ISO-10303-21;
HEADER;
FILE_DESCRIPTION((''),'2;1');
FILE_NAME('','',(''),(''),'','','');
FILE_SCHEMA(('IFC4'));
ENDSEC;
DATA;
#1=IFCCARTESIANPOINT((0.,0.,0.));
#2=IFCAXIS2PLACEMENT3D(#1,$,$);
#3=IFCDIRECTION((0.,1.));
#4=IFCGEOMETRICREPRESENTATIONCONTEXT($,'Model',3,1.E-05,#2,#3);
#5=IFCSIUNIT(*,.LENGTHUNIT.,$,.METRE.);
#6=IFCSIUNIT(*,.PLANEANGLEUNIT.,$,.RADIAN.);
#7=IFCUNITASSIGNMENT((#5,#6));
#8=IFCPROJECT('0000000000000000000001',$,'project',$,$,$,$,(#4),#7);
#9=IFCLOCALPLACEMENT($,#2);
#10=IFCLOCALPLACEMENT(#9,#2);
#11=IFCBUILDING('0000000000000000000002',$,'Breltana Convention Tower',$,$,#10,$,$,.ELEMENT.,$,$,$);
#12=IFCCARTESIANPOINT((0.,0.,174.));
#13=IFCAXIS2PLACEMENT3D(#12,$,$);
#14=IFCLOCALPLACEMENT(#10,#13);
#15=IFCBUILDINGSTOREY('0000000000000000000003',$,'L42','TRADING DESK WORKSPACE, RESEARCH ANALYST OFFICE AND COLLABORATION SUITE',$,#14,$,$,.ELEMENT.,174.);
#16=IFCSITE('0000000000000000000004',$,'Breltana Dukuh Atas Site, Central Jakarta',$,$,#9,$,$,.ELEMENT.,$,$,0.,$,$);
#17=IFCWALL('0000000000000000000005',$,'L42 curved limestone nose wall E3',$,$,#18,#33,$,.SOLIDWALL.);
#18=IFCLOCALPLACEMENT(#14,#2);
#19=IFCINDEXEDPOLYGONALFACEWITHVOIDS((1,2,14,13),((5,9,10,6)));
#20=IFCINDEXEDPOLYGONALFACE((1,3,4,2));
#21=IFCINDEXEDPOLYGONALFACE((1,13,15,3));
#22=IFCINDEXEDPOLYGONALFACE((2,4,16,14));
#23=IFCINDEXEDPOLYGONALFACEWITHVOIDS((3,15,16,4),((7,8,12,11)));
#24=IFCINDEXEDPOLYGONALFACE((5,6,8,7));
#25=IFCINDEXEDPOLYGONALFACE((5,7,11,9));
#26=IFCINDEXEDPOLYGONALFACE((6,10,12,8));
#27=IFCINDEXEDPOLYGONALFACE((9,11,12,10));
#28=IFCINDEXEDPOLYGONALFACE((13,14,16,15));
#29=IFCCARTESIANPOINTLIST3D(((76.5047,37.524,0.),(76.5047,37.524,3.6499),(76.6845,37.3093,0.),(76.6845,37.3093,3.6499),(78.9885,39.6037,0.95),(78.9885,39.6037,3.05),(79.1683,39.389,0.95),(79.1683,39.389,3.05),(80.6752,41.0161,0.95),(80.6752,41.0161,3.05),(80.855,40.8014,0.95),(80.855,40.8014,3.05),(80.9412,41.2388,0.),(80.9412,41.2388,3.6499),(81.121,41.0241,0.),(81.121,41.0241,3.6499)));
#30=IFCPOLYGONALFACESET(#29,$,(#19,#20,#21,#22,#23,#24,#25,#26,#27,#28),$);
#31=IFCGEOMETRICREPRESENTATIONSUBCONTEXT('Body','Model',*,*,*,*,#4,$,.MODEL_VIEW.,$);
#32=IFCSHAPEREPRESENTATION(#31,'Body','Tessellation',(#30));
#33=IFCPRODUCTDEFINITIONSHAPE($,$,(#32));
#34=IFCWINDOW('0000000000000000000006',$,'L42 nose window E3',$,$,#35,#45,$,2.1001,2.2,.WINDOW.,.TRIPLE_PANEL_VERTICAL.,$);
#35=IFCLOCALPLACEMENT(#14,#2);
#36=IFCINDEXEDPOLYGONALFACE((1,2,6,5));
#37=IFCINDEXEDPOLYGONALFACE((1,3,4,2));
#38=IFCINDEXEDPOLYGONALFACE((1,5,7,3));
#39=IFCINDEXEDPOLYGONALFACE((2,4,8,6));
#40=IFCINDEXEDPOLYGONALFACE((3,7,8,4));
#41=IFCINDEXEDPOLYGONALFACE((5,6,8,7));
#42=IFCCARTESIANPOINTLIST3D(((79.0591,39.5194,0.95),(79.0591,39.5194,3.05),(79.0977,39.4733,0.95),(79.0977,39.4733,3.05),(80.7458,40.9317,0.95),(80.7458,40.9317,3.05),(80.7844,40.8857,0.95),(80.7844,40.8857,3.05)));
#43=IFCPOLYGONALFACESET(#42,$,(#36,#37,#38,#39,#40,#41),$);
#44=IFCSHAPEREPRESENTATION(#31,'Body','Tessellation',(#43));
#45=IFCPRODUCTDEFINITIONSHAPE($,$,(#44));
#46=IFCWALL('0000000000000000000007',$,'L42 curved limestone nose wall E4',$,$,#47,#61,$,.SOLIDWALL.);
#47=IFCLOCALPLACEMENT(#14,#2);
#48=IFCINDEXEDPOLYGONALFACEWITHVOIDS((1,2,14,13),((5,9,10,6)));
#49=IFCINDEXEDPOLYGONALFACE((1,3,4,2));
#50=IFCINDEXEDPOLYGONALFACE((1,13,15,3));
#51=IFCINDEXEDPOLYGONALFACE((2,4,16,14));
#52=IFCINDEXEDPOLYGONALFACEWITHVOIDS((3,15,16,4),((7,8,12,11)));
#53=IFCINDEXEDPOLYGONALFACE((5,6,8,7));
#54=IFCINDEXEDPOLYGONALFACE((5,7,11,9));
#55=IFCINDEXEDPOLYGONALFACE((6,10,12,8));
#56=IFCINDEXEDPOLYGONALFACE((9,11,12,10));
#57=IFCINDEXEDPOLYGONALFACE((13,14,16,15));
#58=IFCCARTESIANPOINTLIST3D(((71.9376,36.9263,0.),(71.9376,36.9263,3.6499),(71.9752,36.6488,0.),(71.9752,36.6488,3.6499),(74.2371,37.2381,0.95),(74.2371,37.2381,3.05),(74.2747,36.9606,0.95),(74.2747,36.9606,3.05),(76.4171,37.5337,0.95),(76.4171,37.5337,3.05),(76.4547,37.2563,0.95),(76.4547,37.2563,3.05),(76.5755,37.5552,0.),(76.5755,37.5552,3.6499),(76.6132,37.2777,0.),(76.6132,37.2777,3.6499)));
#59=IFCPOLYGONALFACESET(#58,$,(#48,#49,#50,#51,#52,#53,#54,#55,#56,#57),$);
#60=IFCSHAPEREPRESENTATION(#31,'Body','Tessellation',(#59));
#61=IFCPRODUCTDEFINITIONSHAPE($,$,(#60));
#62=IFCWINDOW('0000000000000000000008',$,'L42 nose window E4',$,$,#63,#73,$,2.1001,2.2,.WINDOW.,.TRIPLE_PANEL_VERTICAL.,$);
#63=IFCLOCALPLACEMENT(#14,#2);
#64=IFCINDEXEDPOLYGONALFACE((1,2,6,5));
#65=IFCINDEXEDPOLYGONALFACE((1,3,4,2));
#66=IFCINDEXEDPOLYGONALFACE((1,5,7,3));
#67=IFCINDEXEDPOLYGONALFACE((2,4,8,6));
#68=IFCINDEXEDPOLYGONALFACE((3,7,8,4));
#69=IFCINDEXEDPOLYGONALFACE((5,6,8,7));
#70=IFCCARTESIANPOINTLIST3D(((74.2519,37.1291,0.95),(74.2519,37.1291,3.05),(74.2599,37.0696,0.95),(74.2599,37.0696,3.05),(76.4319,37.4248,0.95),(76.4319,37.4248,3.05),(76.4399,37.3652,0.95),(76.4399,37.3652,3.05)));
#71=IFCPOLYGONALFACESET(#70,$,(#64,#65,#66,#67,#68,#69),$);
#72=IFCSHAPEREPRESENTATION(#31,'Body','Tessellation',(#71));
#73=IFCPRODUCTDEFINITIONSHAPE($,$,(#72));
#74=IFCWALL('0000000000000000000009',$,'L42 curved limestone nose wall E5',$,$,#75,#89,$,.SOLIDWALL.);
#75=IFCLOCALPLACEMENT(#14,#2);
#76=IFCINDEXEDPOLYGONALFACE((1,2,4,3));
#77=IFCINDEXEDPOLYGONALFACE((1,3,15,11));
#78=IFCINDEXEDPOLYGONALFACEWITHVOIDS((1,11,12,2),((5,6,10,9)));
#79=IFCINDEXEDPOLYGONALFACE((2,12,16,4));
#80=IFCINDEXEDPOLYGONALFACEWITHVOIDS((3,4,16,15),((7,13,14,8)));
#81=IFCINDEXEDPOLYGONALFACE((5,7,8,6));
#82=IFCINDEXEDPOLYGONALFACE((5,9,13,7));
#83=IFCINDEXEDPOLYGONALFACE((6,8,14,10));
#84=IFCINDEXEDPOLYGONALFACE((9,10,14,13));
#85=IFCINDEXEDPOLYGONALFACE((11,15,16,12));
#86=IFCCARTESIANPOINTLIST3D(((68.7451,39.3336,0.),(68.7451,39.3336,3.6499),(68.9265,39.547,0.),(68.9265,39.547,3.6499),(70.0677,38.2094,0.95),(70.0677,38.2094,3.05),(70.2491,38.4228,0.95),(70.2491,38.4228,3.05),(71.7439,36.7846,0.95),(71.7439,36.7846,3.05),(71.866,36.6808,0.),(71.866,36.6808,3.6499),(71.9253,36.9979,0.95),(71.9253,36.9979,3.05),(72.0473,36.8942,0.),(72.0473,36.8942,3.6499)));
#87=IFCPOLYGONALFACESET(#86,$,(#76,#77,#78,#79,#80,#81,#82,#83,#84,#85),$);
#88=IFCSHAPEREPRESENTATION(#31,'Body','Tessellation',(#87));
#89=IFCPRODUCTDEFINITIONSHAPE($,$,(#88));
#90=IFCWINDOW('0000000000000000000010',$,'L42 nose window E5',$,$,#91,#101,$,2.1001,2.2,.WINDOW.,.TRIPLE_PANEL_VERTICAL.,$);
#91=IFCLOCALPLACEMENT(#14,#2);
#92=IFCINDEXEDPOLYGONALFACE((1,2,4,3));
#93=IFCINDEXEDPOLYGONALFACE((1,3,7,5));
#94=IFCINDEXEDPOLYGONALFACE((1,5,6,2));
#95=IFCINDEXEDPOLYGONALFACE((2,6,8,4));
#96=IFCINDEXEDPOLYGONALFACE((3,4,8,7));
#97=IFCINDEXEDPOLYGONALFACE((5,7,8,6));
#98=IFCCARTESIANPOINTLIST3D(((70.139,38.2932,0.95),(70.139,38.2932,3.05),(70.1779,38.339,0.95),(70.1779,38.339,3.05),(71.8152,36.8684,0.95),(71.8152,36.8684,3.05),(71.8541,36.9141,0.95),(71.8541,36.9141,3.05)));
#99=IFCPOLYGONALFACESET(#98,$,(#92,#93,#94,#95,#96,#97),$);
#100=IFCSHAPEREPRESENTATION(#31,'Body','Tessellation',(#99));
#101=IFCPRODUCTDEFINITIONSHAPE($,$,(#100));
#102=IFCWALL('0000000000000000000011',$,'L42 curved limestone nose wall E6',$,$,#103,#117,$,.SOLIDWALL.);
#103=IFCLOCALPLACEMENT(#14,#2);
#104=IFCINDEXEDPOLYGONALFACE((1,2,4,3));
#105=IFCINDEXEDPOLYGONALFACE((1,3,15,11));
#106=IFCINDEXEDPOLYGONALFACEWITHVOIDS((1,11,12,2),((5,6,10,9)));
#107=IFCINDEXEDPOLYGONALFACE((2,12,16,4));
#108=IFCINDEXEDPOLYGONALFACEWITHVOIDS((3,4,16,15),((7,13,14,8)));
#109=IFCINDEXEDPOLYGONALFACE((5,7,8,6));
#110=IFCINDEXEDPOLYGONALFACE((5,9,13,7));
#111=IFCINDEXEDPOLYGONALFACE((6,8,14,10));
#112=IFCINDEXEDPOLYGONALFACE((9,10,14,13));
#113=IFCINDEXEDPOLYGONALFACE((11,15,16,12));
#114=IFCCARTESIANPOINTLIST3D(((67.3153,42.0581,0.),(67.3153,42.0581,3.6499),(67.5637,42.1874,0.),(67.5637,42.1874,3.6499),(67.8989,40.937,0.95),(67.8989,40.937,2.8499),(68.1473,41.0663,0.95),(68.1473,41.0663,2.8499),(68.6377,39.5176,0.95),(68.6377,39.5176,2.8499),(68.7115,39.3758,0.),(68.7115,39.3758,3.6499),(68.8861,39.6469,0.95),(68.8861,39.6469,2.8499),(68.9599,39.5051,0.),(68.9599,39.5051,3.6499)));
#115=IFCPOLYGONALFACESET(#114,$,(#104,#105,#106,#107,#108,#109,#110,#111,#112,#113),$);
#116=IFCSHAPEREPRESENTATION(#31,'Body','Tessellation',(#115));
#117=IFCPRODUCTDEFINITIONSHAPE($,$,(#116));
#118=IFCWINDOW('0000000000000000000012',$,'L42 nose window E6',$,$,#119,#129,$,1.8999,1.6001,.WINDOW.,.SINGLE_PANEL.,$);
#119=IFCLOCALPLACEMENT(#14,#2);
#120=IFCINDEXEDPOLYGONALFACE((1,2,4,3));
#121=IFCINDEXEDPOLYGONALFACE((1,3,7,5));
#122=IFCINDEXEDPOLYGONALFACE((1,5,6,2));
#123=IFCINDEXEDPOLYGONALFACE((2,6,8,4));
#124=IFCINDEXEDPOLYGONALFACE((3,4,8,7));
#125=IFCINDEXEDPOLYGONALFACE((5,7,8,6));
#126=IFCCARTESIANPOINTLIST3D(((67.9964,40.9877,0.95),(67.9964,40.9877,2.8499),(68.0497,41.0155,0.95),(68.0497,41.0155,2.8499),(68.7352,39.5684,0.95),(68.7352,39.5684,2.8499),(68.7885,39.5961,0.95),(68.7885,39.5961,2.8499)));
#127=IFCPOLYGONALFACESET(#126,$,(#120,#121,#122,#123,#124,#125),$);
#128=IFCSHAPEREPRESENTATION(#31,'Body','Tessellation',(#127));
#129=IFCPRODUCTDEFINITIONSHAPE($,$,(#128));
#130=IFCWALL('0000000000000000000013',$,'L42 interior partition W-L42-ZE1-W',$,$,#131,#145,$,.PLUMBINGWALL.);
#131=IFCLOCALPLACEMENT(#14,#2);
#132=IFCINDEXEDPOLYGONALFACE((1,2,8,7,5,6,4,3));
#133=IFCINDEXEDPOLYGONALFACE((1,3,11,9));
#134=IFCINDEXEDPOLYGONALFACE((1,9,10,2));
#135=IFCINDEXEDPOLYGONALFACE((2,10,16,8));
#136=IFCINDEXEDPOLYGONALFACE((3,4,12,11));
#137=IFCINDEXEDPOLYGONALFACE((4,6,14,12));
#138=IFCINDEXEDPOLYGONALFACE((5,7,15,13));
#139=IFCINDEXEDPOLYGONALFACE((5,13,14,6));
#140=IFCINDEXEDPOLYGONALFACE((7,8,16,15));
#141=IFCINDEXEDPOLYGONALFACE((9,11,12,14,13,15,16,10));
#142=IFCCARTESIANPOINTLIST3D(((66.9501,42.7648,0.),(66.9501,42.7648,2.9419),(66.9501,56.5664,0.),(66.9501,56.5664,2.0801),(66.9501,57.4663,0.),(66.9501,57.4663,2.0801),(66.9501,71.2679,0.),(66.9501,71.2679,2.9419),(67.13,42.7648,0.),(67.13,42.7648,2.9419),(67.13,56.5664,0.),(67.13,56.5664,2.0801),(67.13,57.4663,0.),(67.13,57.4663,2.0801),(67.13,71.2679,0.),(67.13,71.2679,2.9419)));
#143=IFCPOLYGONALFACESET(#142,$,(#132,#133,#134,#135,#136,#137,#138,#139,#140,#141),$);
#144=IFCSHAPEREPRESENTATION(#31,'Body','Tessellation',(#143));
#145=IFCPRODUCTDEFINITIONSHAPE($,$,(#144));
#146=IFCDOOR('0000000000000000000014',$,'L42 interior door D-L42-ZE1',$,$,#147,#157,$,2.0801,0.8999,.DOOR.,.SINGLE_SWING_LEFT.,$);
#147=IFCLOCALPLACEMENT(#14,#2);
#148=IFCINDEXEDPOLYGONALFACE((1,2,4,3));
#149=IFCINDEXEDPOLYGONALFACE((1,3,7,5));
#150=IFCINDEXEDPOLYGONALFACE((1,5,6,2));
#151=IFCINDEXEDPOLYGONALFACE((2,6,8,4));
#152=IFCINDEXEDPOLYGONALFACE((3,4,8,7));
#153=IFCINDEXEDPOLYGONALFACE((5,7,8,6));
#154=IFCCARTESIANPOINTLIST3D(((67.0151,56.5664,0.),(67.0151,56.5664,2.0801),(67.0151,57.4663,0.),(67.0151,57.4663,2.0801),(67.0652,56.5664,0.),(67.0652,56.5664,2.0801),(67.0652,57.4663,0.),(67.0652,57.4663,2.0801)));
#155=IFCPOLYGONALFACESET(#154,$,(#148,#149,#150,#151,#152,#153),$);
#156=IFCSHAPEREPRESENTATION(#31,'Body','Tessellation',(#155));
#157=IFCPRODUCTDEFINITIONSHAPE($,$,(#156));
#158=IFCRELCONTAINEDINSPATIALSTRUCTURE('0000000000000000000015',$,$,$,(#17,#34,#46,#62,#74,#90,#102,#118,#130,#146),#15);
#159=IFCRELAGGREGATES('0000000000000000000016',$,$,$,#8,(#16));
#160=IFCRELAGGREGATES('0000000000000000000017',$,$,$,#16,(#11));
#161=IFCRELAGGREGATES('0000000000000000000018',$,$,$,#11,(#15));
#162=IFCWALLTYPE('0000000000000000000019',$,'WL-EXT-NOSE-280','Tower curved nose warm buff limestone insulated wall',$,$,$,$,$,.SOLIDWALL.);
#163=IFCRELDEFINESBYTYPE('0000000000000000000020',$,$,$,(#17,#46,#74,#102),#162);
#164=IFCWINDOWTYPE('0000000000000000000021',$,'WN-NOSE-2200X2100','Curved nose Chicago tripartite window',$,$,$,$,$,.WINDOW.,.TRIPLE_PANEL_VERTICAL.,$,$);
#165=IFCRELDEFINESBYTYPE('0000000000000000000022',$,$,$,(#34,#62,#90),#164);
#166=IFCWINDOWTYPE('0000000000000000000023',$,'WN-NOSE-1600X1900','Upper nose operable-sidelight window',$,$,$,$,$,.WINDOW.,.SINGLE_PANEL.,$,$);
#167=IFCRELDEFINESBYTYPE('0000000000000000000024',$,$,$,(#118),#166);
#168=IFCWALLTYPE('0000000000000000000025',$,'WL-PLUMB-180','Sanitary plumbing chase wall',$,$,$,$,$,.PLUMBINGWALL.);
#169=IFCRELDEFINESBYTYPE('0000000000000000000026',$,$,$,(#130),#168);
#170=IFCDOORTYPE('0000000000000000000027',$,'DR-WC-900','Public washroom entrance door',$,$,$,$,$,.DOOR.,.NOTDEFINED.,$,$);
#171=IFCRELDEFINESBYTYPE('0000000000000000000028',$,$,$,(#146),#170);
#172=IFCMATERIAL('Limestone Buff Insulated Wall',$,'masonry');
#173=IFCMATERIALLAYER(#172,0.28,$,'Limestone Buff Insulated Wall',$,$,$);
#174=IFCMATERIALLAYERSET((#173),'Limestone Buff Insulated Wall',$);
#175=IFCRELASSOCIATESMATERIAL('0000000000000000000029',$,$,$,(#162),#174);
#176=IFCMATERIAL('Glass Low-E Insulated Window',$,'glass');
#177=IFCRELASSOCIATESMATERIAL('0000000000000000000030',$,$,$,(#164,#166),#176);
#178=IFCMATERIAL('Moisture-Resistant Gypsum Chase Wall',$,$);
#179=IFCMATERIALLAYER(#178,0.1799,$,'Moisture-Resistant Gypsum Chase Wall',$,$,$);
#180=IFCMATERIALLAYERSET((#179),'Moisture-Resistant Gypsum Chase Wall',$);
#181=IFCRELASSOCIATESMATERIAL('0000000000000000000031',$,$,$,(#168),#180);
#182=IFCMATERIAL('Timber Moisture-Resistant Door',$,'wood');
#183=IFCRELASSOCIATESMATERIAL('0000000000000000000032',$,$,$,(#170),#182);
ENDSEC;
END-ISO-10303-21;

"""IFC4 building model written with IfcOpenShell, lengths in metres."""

from ifc_helpers import new_model, si_unit, direction, frame, frame_2d, origin, place, context, subcontext, project, spatial, rectangle, extrude, source, transform, mapped, material, layer, layer_set, type_object, type_shapes, element, fill, save


model = new_model("IFC4")

# Units and contexts
model_context = context("Model", 3, precision=1e-05, world=origin(), true_north=direction((0.0, 1.0)))
body_context = subcontext(model_context, "Body", "Model", "MODEL_VIEW")
ifc_project = project(units=[si_unit("LENGTHUNIT", "METRE"), si_unit("PLANEANGLEUNIT", "RADIAN")], contexts=[model_context])

# Site, building, storey
site_placement = place(None, origin())
site = spatial("IfcSite", under=ifc_project, at=site_placement, Name="Breltana Dukuh Atas Site, Central Jakarta", CompositionType="ELEMENT", RefElevation=0.0)
building_placement = place(site_placement, origin())
building = spatial("IfcBuilding", under=site, at=building_placement, Name="Breltana Convention Tower", CompositionType="ELEMENT")
storey_placement = place(building_placement, frame((0.0, 0.0, 174.0)))
storey = spatial("IfcBuildingStorey", under=building, at=storey_placement, Name="L42", Description="TRADING DESK WORKSPACE, RESEARCH ANALYST OFFICE AND COLLABORATION SUITE", CompositionType="ELEMENT", Elevation=174.0)

# Walls, openings, windows
ifc_material_1 = material(Name="Limestone Buff Insulated Wall", Category="masonry")
ifc_layer_1 = layer(ifc_material_1, 0.28, Name="Limestone Buff Insulated Wall")
ifc_layer_set_1 = layer_set([ifc_layer_1], Name="Limestone Buff Insulated Wall")
wall_type_1 = type_object("IfcWallType", Name="WL-EXT-NOSE-280", Description="Tower curved nose warm buff limestone insulated wall", PredefinedType="SOLIDWALL", material=ifc_layer_set_1)
shared_shape_1 = source(origin(), body_context, "Body", "SweptSolid", [
    extrude(rectangle(XDim=5.7864, YDim=0.28, at=frame_2d((2.8931, 0.0))), origin(), (0.0, 0.0, 1.0), 3.6499),
])
wall_1_placement = place(storey_placement, frame((81.031, 41.1313, 0.0), z_axis=(0.0, 0.0, 1.0), x_axis=(-0.766711, -0.641992, 0.0)))
wall_1 = element("IfcWall", 1, at=wall_1_placement, inside=storey, type_object=wall_type_1, Name="L42 curved limestone nose wall E3", PredefinedType="SOLIDWALL", context=body_context, shape_type="MappedRepresentation", body=[
    mapped(shared_shape_1, transform((0.0, 0.0, 0.0), scale=1.0)),
])
opening_1_placement = place(wall_1_placement, frame((0.3467, 0.0, 0.95)))
opening_1 = element("IfcOpeningElement", 2, at=opening_1_placement, cuts=wall_1, PredefinedType="OPENING", context=body_context, shape_type="SweptSolid", body=[
    extrude(rectangle(XDim=2.2, YDim=2.1001, at=frame_2d((1.1001, 1.05))), frame((0.0, 0.1499, 0.0), z_axis=(0.0, -1.0, 0.0), x_axis=(1.0, 0.0, 0.0)), (0.0, 0.0, 1.0), 0.3),
])
ifc_material_2 = material(Name="Glass Low-E Insulated Window", Category="glass")
window_type_1 = type_object("IfcWindowType", Name="WN-NOSE-2200X2100", Description="Curved nose Chicago tripartite window", PartitioningType="TRIPLE_PANEL_VERTICAL", PredefinedType="WINDOW", material=ifc_material_2)
shared_shape_2 = source(origin(), body_context, "Body", "SweptSolid", [
    extrude(rectangle(XDim=2.2, YDim=2.1001, at=frame_2d((1.1001, 1.05))), frame((0.0, 0.03, 0.0), z_axis=(0.0, -1.0, 0.0), x_axis=(1.0, 0.0, 0.0)), (0.0, 0.0, 1.0), 0.0601),
])
type_shapes(window_type_1, [shared_shape_2])
window_1_placement = place(opening_1_placement, origin())
window_1 = element("IfcWindow", 3, at=window_1_placement, inside=storey, type_object=window_type_1, Name="L42 nose window E3", OverallHeight=2.1001, OverallWidth=2.2, PartitioningType="TRIPLE_PANEL_VERTICAL", PredefinedType="WINDOW", context=body_context, shape_type="MappedRepresentation", body=[
    mapped(shared_shape_2, transform((0.0, 0.0, 0.0), scale=1.0)),
])
fill(opening_1, window_1)
shared_shape_3 = source(origin(), body_context, "Body", "SweptSolid", [
    extrude(rectangle(XDim=4.6804, YDim=0.28, at=frame_2d((2.3403, 0.0))), origin(), (0.0, 0.0, 1.0), 3.6499),
])
wall_2_placement = place(storey_placement, frame((76.5945, 37.4165, 0.0), z_axis=(0.0, 0.0, 1.0), x_axis=(-0.990931, -0.134371, 0.0)))
wall_2 = element("IfcWall", 4, at=wall_2_placement, inside=storey, type_object=wall_type_1, Name="L42 curved limestone nose wall E4", PredefinedType="SOLIDWALL", context=body_context, shape_type="MappedRepresentation", body=[
    mapped(shared_shape_3, transform((0.0, 0.0, 0.0), scale=1.0)),
])
opening_2_placement = place(wall_2_placement, frame((0.1599, 0.0, 0.95)))
opening_2 = element("IfcOpeningElement", 5, at=opening_2_placement, cuts=wall_2, PredefinedType="OPENING", context=body_context, shape_type="SweptSolid", body=[
    extrude(rectangle(XDim=2.2, YDim=2.1001, at=frame_2d((1.1001, 1.05))), frame((0.0, 0.1499, 0.0), z_axis=(0.0, -1.0, 0.0), x_axis=(1.0, 0.0, 0.0)), (0.0, 0.0, 1.0), 0.3),
])
window_2_placement = place(opening_2_placement, origin())
window_2 = element("IfcWindow", 6, at=window_2_placement, inside=storey, type_object=window_type_1, Name="L42 nose window E4", OverallHeight=2.1001, OverallWidth=2.2, PartitioningType="TRIPLE_PANEL_VERTICAL", PredefinedType="WINDOW", context=body_context, shape_type="MappedRepresentation", body=[
    mapped(shared_shape_2, transform((0.0, 0.0, 0.0), scale=1.0)),
])
fill(opening_2, window_2)
shared_shape_4 = source(origin(), body_context, "Body", "SweptSolid", [
    extrude(rectangle(XDim=4.0959, YDim=0.28, at=frame_2d((2.0479, 0.0))), origin(), (0.0, 0.0, 1.0), 3.6499),
])
wall_3_placement = place(storey_placement, frame((71.9565, 36.7876, 0.0), z_axis=(0.0, 0.0, 1.0), x_axis=(-0.761926, 0.647664, 0.0)))
wall_3 = element("IfcWall", 7, at=wall_3_placement, inside=storey, type_object=wall_type_1, Name="L42 curved limestone nose wall E5", PredefinedType="SOLIDWALL", context=body_context, shape_type="MappedRepresentation", body=[
    mapped(shared_shape_4, transform((0.0, 0.0, 0.0), scale=1.0)),
])
opening_3_placement = place(wall_3_placement, frame((0.1599, 0.0, 0.95)))
opening_3 = element("IfcOpeningElement", 8, at=opening_3_placement, cuts=wall_3, PredefinedType="OPENING", context=body_context, shape_type="SweptSolid", body=[
    extrude(rectangle(XDim=2.2, YDim=2.1001, at=frame_2d((1.1001, 1.05))), frame((0.0, 0.1499, 0.0), z_axis=(0.0, -1.0, 0.0), x_axis=(1.0, 0.0, 0.0)), (0.0, 0.0, 1.0), 0.3),
])
window_3_placement = place(opening_3_placement, origin())
window_3 = element("IfcWindow", 9, at=window_3_placement, inside=storey, type_object=window_type_1, Name="L42 nose window E5", OverallHeight=2.1001, OverallWidth=2.2, PartitioningType="TRIPLE_PANEL_VERTICAL", PredefinedType="WINDOW", context=body_context, shape_type="MappedRepresentation", body=[
    mapped(shared_shape_2, transform((0.0, 0.0, 0.0), scale=1.0)),
])
fill(opening_3, window_3)
shared_shape_5 = source(origin(), body_context, "Body", "SweptSolid", [
    extrude(rectangle(XDim=3.0239, YDim=0.28, at=frame_2d((1.512, 0.0))), origin(), (0.0, 0.0, 1.0), 3.6499),
])
wall_4_placement = place(storey_placement, frame((68.8357, 39.4404, 0.0), z_axis=(0.0, 0.0, 1.0), x_axis=(-0.461719, 0.887026, 0.0)))
wall_4 = element("IfcWall", 10, at=wall_4_placement, inside=storey, type_object=wall_type_1, Name="L42 curved limestone nose wall E6", PredefinedType="SOLIDWALL", context=body_context, shape_type="MappedRepresentation", body=[
    mapped(shared_shape_5, transform((0.0, 0.0, 0.0), scale=1.0)),
])
opening_4_placement = place(wall_4_placement, frame((0.1599, 0.0, 0.95)))
opening_4 = element("IfcOpeningElement", 11, at=opening_4_placement, cuts=wall_4, PredefinedType="OPENING", context=body_context, shape_type="SweptSolid", body=[
    extrude(rectangle(XDim=1.6001, YDim=1.8999, at=frame_2d((0.8, 0.95))), frame((0.0, 0.1499, 0.0), z_axis=(0.0, -1.0, 0.0), x_axis=(1.0, 0.0, 0.0)), (0.0, 0.0, 1.0), 0.3),
])
window_type_2 = type_object("IfcWindowType", Name="WN-NOSE-1600X1900", Description="Upper nose operable-sidelight window", PartitioningType="SINGLE_PANEL", PredefinedType="WINDOW", material=ifc_material_2)
shared_shape_6 = source(origin(), body_context, "Body", "SweptSolid", [
    extrude(rectangle(XDim=1.6001, YDim=1.8999, at=frame_2d((0.8, 0.95))), frame((0.0, 0.03, 0.0), z_axis=(0.0, -1.0, 0.0), x_axis=(1.0, 0.0, 0.0)), (0.0, 0.0, 1.0), 0.0601),
])
type_shapes(window_type_2, [shared_shape_6])
window_4_placement = place(opening_4_placement, origin())
window_4 = element("IfcWindow", 12, at=window_4_placement, inside=storey, type_object=window_type_2, Name="L42 nose window E6", OverallHeight=1.8999, OverallWidth=1.6001, PartitioningType="SINGLE_PANEL", PredefinedType="WINDOW", context=body_context, shape_type="MappedRepresentation", body=[
    mapped(shared_shape_6, transform((0.0, 0.0, 0.0), scale=1.0)),
])
fill(opening_4, window_4)

# Wall, opening, door
ifc_material_3 = material(Name="Moisture-Resistant Gypsum Chase Wall")
ifc_layer_2 = layer(ifc_material_3, 0.1799, Name="Moisture-Resistant Gypsum Chase Wall")
ifc_layer_set_2 = layer_set([ifc_layer_2], Name="Moisture-Resistant Gypsum Chase Wall")
wall_type_2 = type_object("IfcWallType", Name="WL-PLUMB-180", Description="Sanitary plumbing chase wall", PredefinedType="PLUMBINGWALL", material=ifc_layer_set_2)
shared_shape_7 = source(origin(), body_context, "Body", "SweptSolid", [
    extrude(rectangle(XDim=28.5032, YDim=0.1799, at=frame_2d((14.2515, 0.0))), origin(), (0.0, 0.0, 1.0), 2.9419),
])
wall_5_placement = place(storey_placement, frame((67.04, 42.7649, 0.0), z_axis=(0.0, 0.0, 1.0), x_axis=(0.0, 1.0, 0.0)))
wall_5 = element("IfcWall", 13, at=wall_5_placement, inside=storey, type_object=wall_type_2, Name="L42 interior partition W-L42-ZE1-W", PredefinedType="PLUMBINGWALL", context=body_context, shape_type="MappedRepresentation", body=[
    mapped(shared_shape_7, transform((0.0, 0.0, 0.0), scale=1.0)),
])
opening_5_placement = place(wall_5_placement, frame((13.8015, 0.0, 0.0)))
opening_5 = element("IfcOpeningElement", 14, at=opening_5_placement, cuts=wall_5, PredefinedType="OPENING", context=body_context, shape_type="SweptSolid", body=[
    extrude(rectangle(XDim=0.8999, YDim=2.0801, at=frame_2d((0.45, 1.04))), frame((0.0, 0.1001, 0.0), z_axis=(0.0, -1.0, 0.0), x_axis=(1.0, 0.0, 0.0)), (0.0, 0.0, 1.0), 0.2),
])
ifc_material_4 = material(Name="Timber Moisture-Resistant Door", Category="wood")
door_type = type_object("IfcDoorType", Name="DR-WC-900", Description="Public washroom entrance door", OperationType="NOTDEFINED", PredefinedType="DOOR", material=ifc_material_4)
shared_shape_8 = source(origin(), body_context, "Body", "SweptSolid", [
    extrude(rectangle(XDim=0.8999, YDim=2.0801, at=frame_2d((0.45, 1.04))), frame((0.0, 0.0249, 0.0), z_axis=(0.0, -1.0, 0.0), x_axis=(1.0, 0.0, 0.0)), (0.0, 0.0, 1.0), 0.05),
])
type_shapes(door_type, [shared_shape_8])
door_placement = place(opening_5_placement, origin())
door = element("IfcDoor", 15, at=door_placement, inside=storey, type_object=door_type, Name="L42 interior door D-L42-ZE1", OperationType="SINGLE_SWING_LEFT", OverallHeight=2.0801, OverallWidth=0.8999, PredefinedType="DOOR", context=body_context, shape_type="MappedRepresentation", body=[
    mapped(shared_shape_8, transform((0.0, 0.0, 0.0), scale=1.0)),
])
fill(opening_5, door)

save(model, "model.ifc")
